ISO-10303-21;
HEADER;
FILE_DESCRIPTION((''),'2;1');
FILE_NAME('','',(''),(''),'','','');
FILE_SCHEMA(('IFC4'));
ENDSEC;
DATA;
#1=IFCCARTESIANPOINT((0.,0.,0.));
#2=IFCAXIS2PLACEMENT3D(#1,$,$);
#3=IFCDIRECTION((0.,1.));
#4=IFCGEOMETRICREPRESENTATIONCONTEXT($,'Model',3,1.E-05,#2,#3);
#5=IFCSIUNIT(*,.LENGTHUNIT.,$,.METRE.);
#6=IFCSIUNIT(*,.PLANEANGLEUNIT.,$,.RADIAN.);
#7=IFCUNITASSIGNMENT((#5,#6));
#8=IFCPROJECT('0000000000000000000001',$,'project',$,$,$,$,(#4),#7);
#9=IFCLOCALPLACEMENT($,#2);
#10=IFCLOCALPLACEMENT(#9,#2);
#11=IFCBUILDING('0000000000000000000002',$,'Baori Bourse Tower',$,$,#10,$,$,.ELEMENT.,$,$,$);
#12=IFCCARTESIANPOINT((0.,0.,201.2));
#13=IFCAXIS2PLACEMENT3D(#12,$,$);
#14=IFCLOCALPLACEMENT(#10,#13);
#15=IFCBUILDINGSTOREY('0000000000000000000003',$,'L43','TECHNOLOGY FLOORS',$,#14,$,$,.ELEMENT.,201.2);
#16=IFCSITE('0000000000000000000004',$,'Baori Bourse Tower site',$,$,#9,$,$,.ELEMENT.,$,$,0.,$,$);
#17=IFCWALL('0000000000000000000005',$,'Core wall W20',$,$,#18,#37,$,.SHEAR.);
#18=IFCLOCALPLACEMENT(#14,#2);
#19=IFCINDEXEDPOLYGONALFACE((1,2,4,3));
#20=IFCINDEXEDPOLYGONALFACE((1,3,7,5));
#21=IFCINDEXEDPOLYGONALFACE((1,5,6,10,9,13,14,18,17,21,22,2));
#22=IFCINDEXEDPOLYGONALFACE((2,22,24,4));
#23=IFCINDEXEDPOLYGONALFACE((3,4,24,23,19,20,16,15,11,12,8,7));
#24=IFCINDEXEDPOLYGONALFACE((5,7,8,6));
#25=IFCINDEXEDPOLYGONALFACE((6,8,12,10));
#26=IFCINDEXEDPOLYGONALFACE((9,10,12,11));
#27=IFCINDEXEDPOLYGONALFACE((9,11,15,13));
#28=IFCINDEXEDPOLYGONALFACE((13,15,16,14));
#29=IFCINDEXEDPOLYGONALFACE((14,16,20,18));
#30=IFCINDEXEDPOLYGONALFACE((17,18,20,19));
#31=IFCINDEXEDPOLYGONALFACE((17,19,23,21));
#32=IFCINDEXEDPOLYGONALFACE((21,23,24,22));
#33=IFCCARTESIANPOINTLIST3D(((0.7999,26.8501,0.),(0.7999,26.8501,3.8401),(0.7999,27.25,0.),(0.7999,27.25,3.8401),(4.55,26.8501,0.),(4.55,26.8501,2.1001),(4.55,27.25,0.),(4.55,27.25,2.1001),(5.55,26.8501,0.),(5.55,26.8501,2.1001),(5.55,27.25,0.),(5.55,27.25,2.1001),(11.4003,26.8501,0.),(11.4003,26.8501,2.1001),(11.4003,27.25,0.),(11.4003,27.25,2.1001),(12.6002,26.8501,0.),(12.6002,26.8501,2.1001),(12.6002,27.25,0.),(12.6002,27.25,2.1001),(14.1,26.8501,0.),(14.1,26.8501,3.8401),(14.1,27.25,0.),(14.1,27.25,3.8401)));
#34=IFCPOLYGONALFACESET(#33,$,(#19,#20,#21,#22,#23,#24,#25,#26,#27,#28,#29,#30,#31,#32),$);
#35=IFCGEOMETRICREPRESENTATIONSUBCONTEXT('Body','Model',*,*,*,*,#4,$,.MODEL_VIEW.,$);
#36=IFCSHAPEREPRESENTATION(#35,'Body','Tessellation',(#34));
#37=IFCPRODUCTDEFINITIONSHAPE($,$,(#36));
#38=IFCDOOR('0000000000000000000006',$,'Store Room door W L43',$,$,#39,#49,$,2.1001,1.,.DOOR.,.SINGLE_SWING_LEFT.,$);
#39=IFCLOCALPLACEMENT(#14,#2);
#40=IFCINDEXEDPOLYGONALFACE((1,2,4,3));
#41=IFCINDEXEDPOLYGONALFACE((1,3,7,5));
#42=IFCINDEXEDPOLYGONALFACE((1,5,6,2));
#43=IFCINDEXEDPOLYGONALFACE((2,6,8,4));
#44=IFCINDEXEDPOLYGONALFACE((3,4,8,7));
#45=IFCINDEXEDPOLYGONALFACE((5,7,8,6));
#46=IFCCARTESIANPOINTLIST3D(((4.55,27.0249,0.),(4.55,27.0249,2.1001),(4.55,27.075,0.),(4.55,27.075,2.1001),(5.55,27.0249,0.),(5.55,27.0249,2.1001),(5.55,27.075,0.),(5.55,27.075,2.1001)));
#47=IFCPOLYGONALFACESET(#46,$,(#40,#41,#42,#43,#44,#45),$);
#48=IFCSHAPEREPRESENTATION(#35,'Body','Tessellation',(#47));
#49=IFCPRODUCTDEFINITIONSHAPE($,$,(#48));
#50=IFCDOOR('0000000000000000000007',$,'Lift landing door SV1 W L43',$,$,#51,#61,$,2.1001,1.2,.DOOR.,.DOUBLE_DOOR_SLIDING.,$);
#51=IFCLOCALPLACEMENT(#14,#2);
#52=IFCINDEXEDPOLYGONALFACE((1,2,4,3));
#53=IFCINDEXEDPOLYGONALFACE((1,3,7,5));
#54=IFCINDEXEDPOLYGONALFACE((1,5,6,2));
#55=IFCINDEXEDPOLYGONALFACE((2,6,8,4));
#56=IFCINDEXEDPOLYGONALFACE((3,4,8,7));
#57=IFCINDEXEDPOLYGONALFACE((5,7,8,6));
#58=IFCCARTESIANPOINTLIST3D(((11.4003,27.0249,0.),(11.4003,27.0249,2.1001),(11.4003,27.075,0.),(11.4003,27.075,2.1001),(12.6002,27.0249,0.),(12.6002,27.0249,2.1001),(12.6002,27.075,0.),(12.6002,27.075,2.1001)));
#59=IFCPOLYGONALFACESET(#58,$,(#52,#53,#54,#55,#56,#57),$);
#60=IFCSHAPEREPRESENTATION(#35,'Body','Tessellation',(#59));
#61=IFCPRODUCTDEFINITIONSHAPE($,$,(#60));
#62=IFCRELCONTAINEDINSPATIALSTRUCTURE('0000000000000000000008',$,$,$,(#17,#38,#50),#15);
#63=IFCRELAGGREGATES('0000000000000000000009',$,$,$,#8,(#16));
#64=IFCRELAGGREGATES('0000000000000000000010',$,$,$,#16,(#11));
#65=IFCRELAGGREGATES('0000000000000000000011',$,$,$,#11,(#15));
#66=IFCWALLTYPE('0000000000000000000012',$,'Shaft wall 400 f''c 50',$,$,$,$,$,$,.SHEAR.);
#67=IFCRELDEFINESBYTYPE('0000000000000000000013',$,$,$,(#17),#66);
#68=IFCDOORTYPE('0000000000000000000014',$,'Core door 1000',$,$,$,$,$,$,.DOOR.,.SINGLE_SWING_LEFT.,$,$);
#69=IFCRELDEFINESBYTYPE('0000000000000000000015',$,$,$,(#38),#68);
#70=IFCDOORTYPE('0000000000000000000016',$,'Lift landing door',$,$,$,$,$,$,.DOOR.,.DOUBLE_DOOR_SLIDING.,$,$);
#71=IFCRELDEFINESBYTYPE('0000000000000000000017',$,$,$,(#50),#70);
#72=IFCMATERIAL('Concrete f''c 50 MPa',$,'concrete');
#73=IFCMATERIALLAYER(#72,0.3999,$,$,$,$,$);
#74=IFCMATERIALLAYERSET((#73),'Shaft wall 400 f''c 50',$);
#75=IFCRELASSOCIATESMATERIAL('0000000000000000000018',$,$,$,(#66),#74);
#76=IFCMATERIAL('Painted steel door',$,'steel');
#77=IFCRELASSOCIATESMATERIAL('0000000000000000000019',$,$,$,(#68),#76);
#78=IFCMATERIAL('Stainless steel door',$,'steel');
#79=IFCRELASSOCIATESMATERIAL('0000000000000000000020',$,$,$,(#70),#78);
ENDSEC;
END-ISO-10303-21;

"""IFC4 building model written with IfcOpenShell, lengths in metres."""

from ifc_helpers import new_model, si_unit, direction, frame, frame_2d, origin, place, context, subcontext, project, spatial, rectangle, extrude, material, layer, layer_set, type_object, element, fill, save


model = new_model("IFC4")

# Units and contexts
model_context = context("Model", 3, precision=1e-05, world=origin(), true_north=direction((0.0, 1.0)))
body_context = subcontext(model_context, "Body", "Model", "MODEL_VIEW")
ifc_project = project(units=[si_unit("LENGTHUNIT", "METRE"), si_unit("PLANEANGLEUNIT", "RADIAN")], contexts=[model_context])

# Site, building, storey
site_placement = place(None, origin())
site = spatial("IfcSite", under=ifc_project, at=site_placement, Name="Baori Bourse Tower site", CompositionType="ELEMENT", RefElevation=0.0)
building_placement = place(site_placement, origin())
building = spatial("IfcBuilding", under=site, at=building_placement, Name="Baori Bourse Tower", CompositionType="ELEMENT")
storey_placement = place(building_placement, frame((0.0, 0.0, 201.2)))
storey = spatial("IfcBuildingStorey", under=building, at=storey_placement, Name="L43", Description="TECHNOLOGY FLOORS", CompositionType="ELEMENT", Elevation=201.2)

# Wall, openings, doors
ifc_material_1 = material(Name="Concrete f'c 50 MPa", Category="concrete")
ifc_layer_1 = layer(ifc_material_1, 0.3999)
ifc_layer_set_1 = layer_set([ifc_layer_1], Name="Shaft wall 400 f'c 50")
wall_type_1 = type_object("IfcWallType", Name="Shaft wall 400 f'c 50", PredefinedType="SHEAR", material=ifc_layer_set_1)
wall_1_placement = place(storey_placement, frame((0.8, 27.05, 0.0), z_axis=(0.0, 0.0, 1.0), x_axis=(1.0, 0.0, 0.0)))
wall_1 = element("IfcWall", 1, at=wall_1_placement, inside=storey, type_object=wall_type_1, Name="Core wall W20", PredefinedType="SHEAR", context=body_context, shape_type="SweptSolid", body=[
    extrude(rectangle(XDim=13.3, YDim=0.3999, at=frame_2d((6.6499, 0.0))), origin(), (0.0, 0.0, 1.0), 3.8401),
])
opening_1_placement = place(wall_1_placement, frame((3.75, 0.0, 0.0)))
opening_1 = element("IfcOpeningElement", 2, at=opening_1_placement, cuts=wall_1, PredefinedType="OPENING", context=body_context, shape_type="SweptSolid", body=[
    extrude(rectangle(XDim=1.0, YDim=2.1001, at=frame_2d((0.5, 1.05))), frame((0.0, 0.21, 0.0), z_axis=(0.0, -1.0, 0.0), x_axis=(1.0, 0.0, 0.0)), (0.0, 0.0, 1.0), 0.4199),
])
opening_2_placement = place(wall_1_placement, frame((10.6001, 0.0, 0.0)))
opening_2 = element("IfcOpeningElement", 3, at=opening_2_placement, cuts=wall_1, PredefinedType="OPENING", context=body_context, shape_type="SweptSolid", body=[
    extrude(rectangle(XDim=1.2, YDim=2.1001, at=frame_2d((0.6001, 1.05))), frame((0.0, 0.21, 0.0), z_axis=(0.0, -1.0, 0.0), x_axis=(1.0, 0.0, 0.0)), (0.0, 0.0, 1.0), 0.4199),
])
ifc_material_2 = material(Name="Painted steel door", Category="steel")
door_type_1 = type_object("IfcDoorType", Name="Core door 1000", OperationType="SINGLE_SWING_LEFT", PredefinedType="DOOR", material=ifc_material_2)
door_1_placement = place(opening_1_placement, origin())
door_1 = element("IfcDoor", 4, at=door_1_placement, inside=storey, type_object=door_type_1, Name="Store Room door W L43", OperationType="SINGLE_SWING_LEFT", OverallHeight=2.1001, OverallWidth=1.0, PredefinedType="DOOR", context=body_context, shape_type="SweptSolid", body=[
    extrude(rectangle(XDim=1.0, YDim=2.1001, at=frame_2d((0.5, 1.05))), frame((0.0, 0.0249, 0.0), z_axis=(0.0, -1.0, 0.0), x_axis=(1.0, 0.0, 0.0)), (0.0, 0.0, 1.0), 0.05),
])
fill(opening_1, door_1)
ifc_material_3 = material(Name="Stainless steel door", Category="steel")
door_type_2 = type_object("IfcDoorType", Name="Lift landing door", OperationType="DOUBLE_DOOR_SLIDING", PredefinedType="DOOR", material=ifc_material_3)
door_2_placement = place(opening_2_placement, origin())
door_2 = element("IfcDoor", 5, at=door_2_placement, inside=storey, type_object=door_type_2, Name="Lift landing door SV1 W L43", OperationType="DOUBLE_DOOR_SLIDING", OverallHeight=2.1001, OverallWidth=1.2, PredefinedType="DOOR", context=body_context, shape_type="SweptSolid", body=[
    extrude(rectangle(XDim=1.2, YDim=2.1001, at=frame_2d((0.6001, 1.05))), frame((0.0, 0.0249, 0.0), z_axis=(0.0, -1.0, 0.0), x_axis=(1.0, 0.0, 0.0)), (0.0, 0.0, 1.0), 0.05),
])
fill(opening_2, door_2)

save(model, "model.ifc")
